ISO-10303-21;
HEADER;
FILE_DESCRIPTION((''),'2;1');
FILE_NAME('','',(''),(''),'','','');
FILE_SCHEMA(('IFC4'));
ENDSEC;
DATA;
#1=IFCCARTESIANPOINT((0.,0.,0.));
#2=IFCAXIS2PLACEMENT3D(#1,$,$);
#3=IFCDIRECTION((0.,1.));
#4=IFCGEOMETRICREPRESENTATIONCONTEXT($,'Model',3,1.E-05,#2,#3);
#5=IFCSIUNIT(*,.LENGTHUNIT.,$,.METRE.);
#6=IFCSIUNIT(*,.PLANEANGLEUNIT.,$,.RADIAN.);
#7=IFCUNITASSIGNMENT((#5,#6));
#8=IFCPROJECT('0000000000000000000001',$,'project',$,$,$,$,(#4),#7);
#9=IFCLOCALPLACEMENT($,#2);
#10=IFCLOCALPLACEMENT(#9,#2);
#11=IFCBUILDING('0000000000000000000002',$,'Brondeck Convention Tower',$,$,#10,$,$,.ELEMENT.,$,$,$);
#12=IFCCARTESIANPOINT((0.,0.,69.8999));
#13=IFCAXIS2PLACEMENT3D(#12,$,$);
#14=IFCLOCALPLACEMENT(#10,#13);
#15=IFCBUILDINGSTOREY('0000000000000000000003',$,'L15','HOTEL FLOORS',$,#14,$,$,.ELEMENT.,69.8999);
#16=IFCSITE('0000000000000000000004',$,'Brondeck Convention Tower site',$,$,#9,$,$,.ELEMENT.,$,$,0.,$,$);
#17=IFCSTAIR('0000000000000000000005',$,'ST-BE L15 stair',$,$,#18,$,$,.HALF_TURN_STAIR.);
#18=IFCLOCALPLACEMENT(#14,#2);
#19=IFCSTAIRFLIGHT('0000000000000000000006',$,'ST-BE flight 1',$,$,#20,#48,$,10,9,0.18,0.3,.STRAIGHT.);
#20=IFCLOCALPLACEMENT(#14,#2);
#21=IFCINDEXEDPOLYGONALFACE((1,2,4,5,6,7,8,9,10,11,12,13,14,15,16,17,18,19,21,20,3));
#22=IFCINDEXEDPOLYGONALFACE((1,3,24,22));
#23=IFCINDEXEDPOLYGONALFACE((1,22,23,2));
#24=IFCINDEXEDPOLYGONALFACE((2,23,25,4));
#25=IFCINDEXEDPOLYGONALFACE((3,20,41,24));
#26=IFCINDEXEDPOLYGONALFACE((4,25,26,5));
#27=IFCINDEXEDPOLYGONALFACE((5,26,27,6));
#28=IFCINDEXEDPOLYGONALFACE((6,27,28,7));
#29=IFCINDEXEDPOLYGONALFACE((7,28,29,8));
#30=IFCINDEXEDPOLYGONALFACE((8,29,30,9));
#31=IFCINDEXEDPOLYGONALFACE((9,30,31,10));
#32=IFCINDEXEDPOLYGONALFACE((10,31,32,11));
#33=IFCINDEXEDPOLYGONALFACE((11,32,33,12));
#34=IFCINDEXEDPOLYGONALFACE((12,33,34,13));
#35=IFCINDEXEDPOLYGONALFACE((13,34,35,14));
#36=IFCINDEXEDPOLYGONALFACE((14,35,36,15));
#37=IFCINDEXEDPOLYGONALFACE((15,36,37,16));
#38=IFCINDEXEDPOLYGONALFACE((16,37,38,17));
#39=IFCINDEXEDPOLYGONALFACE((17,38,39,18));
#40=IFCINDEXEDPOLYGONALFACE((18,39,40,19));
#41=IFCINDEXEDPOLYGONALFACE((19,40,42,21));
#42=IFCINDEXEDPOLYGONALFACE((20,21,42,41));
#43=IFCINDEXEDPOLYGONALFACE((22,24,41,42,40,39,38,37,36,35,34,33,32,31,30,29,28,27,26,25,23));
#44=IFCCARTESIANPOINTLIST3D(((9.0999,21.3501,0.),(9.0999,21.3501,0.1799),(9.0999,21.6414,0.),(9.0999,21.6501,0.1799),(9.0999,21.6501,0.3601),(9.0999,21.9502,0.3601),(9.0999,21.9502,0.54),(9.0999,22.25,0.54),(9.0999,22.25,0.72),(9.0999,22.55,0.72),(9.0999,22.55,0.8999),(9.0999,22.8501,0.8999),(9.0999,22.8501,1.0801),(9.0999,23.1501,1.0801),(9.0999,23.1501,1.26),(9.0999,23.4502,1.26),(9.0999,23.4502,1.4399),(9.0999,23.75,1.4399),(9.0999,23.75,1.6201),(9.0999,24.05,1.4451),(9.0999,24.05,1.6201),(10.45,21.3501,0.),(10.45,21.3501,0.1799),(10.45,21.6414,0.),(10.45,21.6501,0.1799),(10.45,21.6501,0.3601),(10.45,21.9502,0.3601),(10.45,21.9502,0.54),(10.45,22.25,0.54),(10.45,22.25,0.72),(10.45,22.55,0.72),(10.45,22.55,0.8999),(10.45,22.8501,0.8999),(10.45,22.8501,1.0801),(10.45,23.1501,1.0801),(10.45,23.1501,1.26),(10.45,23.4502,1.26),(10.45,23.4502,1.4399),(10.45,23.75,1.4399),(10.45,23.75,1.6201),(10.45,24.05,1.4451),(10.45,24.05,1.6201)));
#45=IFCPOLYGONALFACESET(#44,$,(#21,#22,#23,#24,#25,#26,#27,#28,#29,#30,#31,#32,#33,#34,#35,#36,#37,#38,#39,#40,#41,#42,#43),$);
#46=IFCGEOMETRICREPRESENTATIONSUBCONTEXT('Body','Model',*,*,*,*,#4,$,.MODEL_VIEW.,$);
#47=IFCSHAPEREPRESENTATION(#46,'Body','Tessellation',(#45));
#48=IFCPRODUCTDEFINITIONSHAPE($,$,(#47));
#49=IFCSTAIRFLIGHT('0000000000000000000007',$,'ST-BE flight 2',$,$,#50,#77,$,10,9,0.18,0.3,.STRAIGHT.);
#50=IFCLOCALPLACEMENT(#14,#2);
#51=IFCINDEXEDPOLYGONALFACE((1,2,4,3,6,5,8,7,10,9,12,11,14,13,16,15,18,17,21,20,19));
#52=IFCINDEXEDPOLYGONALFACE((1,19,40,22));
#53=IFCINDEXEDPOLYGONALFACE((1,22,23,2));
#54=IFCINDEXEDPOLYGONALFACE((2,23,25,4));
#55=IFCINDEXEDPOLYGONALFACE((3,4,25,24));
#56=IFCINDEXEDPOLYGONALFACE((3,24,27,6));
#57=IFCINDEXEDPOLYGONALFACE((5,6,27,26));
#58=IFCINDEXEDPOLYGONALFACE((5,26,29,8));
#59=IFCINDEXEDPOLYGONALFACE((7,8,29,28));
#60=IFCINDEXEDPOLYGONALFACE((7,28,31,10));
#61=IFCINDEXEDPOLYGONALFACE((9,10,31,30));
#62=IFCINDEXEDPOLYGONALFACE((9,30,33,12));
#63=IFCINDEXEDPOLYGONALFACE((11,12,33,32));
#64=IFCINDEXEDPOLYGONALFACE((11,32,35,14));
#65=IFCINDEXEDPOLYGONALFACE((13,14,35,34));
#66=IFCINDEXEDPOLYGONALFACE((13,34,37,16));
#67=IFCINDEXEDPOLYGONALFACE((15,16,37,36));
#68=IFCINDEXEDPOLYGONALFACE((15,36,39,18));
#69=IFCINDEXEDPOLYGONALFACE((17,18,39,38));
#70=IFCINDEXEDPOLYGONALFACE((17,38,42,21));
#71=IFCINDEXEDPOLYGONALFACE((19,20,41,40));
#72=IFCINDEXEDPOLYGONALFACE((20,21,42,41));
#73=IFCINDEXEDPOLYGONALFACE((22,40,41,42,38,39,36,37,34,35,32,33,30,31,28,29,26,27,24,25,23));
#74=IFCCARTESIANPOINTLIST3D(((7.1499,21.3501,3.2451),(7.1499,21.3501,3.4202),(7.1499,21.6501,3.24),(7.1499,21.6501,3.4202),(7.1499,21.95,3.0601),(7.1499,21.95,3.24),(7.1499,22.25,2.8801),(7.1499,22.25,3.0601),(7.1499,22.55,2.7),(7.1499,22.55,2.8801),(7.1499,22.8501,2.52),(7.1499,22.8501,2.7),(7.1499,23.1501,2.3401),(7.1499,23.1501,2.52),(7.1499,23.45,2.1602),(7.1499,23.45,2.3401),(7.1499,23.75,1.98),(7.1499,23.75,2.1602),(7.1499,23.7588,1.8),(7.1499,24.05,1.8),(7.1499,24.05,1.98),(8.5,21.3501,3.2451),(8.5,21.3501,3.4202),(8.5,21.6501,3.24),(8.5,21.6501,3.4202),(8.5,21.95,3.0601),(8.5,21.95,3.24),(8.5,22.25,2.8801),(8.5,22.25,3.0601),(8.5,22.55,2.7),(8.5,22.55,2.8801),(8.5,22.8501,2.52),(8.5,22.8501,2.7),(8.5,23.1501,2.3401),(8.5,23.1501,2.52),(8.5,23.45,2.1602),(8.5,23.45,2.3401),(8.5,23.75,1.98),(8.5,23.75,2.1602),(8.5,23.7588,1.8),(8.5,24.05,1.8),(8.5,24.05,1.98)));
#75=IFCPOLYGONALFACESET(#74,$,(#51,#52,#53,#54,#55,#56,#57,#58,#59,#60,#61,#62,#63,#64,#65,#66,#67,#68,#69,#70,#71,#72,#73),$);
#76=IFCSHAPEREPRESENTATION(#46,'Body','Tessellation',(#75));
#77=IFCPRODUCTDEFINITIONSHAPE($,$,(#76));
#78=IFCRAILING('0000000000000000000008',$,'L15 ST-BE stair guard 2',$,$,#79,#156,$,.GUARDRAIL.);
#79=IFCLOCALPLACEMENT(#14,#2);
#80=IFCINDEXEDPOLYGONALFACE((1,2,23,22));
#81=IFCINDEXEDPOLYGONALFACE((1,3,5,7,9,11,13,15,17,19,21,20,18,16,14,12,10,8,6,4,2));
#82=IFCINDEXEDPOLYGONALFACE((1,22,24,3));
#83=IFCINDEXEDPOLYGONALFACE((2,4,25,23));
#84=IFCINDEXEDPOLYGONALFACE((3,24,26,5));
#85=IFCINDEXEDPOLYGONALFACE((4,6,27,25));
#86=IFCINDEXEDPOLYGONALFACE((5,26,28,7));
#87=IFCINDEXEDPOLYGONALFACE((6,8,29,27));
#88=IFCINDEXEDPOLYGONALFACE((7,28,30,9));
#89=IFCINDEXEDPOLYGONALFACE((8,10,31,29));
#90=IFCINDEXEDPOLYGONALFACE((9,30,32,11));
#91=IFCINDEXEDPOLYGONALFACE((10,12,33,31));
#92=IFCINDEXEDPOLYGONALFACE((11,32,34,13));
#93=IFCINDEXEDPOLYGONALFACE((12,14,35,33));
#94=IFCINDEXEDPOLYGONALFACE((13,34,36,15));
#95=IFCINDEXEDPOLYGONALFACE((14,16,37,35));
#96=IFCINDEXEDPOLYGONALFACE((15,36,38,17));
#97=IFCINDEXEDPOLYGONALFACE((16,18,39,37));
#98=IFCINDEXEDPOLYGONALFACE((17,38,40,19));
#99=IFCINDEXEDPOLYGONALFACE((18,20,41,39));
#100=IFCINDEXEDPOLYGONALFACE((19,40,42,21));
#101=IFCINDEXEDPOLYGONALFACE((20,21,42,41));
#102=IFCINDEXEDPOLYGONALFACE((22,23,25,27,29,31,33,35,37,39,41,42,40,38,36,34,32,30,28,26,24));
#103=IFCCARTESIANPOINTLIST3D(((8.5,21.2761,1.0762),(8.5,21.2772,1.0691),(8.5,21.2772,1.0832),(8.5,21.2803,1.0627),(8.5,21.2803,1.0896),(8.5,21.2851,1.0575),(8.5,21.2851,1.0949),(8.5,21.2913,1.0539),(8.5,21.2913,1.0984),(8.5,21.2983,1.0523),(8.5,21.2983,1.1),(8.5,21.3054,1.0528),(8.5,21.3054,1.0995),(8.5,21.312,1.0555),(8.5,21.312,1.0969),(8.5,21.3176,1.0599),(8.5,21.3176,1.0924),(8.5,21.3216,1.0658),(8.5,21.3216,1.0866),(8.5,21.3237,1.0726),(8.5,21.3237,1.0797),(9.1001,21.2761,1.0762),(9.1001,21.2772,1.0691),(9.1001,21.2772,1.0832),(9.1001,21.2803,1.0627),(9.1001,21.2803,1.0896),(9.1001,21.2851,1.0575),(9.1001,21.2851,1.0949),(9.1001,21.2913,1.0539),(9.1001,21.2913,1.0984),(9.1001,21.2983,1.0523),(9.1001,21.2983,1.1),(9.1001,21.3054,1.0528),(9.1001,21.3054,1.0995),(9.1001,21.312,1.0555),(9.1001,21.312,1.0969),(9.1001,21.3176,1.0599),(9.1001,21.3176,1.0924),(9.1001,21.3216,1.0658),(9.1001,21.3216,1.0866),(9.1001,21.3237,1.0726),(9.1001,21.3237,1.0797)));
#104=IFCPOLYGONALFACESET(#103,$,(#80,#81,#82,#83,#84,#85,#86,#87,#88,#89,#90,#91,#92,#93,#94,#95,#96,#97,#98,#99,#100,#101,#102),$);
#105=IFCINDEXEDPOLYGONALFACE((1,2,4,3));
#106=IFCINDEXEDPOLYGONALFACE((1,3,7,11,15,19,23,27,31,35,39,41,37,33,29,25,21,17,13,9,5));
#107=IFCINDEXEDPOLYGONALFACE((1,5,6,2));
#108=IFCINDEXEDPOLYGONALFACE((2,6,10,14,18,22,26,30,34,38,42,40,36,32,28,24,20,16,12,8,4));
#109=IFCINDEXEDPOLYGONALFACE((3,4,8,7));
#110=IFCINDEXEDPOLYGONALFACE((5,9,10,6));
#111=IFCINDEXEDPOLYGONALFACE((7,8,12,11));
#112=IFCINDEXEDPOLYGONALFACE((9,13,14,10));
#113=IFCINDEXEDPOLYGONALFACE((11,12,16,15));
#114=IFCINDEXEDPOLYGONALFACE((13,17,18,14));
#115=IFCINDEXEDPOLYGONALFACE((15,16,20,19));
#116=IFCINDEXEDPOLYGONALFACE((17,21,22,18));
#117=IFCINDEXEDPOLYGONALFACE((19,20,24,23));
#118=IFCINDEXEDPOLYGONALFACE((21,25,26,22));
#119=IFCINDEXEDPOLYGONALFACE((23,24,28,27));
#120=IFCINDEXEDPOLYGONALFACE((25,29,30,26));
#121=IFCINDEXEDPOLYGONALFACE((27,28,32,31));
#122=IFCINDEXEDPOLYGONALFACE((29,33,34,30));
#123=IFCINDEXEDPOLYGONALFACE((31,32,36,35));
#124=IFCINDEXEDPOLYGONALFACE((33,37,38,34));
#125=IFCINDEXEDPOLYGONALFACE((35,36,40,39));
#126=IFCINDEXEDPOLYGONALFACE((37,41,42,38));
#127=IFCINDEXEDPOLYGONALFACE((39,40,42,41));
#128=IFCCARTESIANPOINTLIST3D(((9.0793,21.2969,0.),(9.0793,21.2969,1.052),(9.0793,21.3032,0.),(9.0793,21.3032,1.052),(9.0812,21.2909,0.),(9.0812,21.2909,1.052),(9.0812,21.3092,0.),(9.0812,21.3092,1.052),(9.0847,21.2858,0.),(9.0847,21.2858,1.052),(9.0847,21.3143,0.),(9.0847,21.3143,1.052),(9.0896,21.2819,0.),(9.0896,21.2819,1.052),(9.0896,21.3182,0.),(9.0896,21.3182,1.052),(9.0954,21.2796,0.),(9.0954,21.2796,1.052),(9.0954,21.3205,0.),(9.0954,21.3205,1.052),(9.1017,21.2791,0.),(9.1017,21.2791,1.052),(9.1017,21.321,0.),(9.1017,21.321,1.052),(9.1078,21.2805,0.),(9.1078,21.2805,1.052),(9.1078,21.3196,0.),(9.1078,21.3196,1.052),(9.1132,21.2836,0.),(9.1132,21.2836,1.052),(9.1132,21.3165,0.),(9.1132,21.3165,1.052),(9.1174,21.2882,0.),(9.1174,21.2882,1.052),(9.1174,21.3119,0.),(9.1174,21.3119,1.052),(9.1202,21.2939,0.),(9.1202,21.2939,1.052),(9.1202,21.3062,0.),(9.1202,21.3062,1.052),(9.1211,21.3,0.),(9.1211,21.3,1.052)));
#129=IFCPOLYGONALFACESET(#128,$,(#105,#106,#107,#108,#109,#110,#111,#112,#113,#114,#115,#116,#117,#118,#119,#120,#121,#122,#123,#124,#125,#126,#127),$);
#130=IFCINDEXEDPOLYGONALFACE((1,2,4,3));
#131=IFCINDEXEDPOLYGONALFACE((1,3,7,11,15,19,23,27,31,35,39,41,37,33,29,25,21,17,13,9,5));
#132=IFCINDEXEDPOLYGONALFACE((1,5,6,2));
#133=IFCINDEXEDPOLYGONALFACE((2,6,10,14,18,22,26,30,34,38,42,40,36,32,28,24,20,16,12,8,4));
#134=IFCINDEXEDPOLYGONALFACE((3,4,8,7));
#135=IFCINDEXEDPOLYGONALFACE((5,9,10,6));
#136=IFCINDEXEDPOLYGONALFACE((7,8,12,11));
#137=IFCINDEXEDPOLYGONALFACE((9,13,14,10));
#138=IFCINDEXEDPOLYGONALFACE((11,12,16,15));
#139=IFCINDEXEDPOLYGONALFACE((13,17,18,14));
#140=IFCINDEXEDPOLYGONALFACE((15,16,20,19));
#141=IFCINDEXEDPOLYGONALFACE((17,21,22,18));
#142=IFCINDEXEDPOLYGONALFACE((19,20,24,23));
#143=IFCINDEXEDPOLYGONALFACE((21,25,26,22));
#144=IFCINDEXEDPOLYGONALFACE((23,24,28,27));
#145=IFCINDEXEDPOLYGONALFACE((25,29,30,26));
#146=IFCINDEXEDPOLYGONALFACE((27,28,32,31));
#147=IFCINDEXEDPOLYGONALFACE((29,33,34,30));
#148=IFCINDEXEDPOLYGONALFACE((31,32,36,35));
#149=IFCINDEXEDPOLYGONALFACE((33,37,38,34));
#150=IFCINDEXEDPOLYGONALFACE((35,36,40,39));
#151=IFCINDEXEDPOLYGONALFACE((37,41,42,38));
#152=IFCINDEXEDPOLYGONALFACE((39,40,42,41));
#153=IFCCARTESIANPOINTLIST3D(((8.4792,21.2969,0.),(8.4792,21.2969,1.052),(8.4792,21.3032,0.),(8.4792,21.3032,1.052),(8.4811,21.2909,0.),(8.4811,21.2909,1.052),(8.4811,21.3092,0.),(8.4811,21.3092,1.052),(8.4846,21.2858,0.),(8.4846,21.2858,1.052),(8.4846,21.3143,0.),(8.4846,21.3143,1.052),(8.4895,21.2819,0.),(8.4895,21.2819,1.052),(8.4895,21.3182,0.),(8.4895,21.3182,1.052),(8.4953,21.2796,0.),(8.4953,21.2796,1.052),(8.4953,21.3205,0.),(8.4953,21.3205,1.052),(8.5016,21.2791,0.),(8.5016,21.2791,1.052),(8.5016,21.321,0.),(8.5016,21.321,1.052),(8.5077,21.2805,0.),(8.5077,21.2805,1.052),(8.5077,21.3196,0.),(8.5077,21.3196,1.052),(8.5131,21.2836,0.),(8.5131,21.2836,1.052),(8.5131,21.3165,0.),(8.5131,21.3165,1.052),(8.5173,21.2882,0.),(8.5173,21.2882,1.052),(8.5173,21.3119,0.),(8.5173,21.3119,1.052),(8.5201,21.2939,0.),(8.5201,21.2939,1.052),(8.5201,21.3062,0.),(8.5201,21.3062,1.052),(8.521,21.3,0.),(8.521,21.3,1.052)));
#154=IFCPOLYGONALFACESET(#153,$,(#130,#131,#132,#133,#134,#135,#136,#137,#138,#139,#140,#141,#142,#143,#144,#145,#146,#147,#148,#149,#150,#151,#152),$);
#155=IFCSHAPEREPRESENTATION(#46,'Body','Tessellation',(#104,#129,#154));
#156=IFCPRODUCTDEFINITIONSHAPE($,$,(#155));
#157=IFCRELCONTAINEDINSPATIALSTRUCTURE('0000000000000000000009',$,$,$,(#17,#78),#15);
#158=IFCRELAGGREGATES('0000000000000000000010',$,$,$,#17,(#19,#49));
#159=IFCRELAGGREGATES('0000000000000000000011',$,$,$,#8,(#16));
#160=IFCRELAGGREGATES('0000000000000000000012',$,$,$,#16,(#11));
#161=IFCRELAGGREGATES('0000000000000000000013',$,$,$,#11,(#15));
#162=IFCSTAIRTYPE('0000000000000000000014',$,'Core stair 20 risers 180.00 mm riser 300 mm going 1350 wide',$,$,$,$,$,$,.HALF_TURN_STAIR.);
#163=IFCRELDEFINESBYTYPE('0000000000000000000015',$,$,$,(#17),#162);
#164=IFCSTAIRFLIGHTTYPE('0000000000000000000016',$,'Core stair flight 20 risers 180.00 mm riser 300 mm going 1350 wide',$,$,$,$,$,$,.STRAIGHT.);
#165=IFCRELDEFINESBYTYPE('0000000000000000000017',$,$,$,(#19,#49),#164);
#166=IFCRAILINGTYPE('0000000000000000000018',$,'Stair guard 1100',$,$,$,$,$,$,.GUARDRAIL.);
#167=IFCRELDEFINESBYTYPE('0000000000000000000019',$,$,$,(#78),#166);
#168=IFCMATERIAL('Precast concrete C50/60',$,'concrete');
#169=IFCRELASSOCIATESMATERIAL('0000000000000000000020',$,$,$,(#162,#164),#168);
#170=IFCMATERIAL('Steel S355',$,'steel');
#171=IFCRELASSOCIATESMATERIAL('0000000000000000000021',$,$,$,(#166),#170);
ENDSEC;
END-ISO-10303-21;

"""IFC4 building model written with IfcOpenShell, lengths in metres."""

from ifc_helpers import new_model, si_unit, direction, frame, origin, origin_2d, place, context, subcontext, project, spatial, polyline, circle, outline, extrude, material, type_object, element, aggregate, save


model = new_model("IFC4")

# Units and contexts
model_context = context("Model", 3, precision=1e-05, world=origin(), true_north=direction((0.0, 1.0)))
body_context = subcontext(model_context, "Body", "Model", "MODEL_VIEW")
ifc_project = project(units=[si_unit("LENGTHUNIT", "METRE"), si_unit("PLANEANGLEUNIT", "RADIAN")], contexts=[model_context])

# Site, building, storey
site_placement = place(None, origin())
site = spatial("IfcSite", under=ifc_project, at=site_placement, Name="Brondeck Convention Tower site", CompositionType="ELEMENT", RefElevation=0.0)
building_placement = place(site_placement, origin())
building = spatial("IfcBuilding", under=site, at=building_placement, Name="Brondeck Convention Tower", CompositionType="ELEMENT")
storey_placement = place(building_placement, frame((0.0, 0.0, 69.8999)))
storey = spatial("IfcBuildingStorey", under=building, at=storey_placement, Name="L15", Description="HOTEL FLOORS", CompositionType="ELEMENT", Elevation=69.8999)

# Shared definitions
ifc_material_1 = material(Name="Steel S355", Category="steel")

# Stair, stair flights
ifc_material_2 = material(Name="Precast concrete C50/60", Category="concrete")
stair_type = type_object("IfcStairType", Name="Core stair 20 risers 180.00 mm riser 300 mm going 1350 wide", PredefinedType="HALF_TURN_STAIR", material=ifc_material_2)
stair_placement = place(storey_placement, origin())
stair = element("IfcStair", 1, at=stair_placement, inside=storey, type_object=stair_type, Name="ST-BE L15 stair", PredefinedType="HALF_TURN_STAIR")
stair_flight_type = type_object("IfcStairFlightType", Name="Core stair flight 20 risers 180.00 mm riser 300 mm going 1350 wide", PredefinedType="STRAIGHT", material=ifc_material_2)
stair_flight_1_placement = place(storey_placement, frame((9.7749, 21.3501, 0.0), z_axis=(0.0, 0.0, 1.0), x_axis=(0.0, 1.0, 0.0)))
stair_flight_1 = element("IfcStairFlight", 2, at=stair_flight_1_placement, type_object=stair_flight_type, Name="ST-BE flight 1", NumberOfRisers=10, NumberOfTreads=9, PredefinedType="STRAIGHT", RiserHeight=0.18, TreadLength=0.3, context=body_context, shape_type="SweptSolid", body=[
    extrude(outline(polyline([(0.0, 0.0), (0.0, 0.1799), (0.3, 0.1799), (0.3, 0.3601), (0.6001, 0.3601), (0.6001, 0.54), (0.8999, 0.54), (0.8999, 0.72), (1.2, 0.72), (1.2, 0.8999), (1.5, 0.8999), (1.5, 1.0801), (1.8, 1.0801), (1.8, 1.26), (2.1001, 1.26), (2.1001, 1.4399), (2.3999, 1.4399), (2.3999, 1.6201), (2.7, 1.6201), (2.7, 1.8), (2.7, 1.4451), (0.2913, 0.0), (0.0, 0.0)])), frame((0.0, 0.675, 0.0), z_axis=(0.0, -1.0, 0.0), x_axis=(1.0, 0.0, 0.0)), (0.0, 0.0, 1.0), 1.3501),
])
stair_flight_2_placement = place(storey_placement, frame((7.825, 24.05, 1.8), z_axis=(0.0, 0.0, 1.0), x_axis=(0.0, -1.0, 0.0)))
stair_flight_2 = element("IfcStairFlight", 3, at=stair_flight_2_placement, type_object=stair_flight_type, Name="ST-BE flight 2", NumberOfRisers=10, NumberOfTreads=9, PredefinedType="STRAIGHT", RiserHeight=0.18, TreadLength=0.3, context=body_context, shape_type="SweptSolid", body=[
    extrude(outline(polyline([(0.0, 0.0), (0.0, 0.1799), (0.3, 0.1799), (0.3, 0.3601), (0.6001, 0.3601), (0.6001, 0.54), (0.8999, 0.54), (0.8999, 0.72), (1.2, 0.72), (1.2, 0.8999), (1.5, 0.8999), (1.5, 1.0801), (1.8, 1.0801), (1.8, 1.26), (2.1001, 1.26), (2.1001, 1.4399), (2.3999, 1.4399), (2.3999, 1.6201), (2.7, 1.6201), (2.7, 1.8), (2.7, 1.4451), (0.2913, 0.0), (0.0, 0.0)])), frame((0.0, 0.675, 0.0), z_axis=(0.0, -1.0, 0.0), x_axis=(1.0, 0.0, 0.0)), (0.0, 0.0, 1.0), 1.3501),
])
aggregate(stair, [stair_flight_1, stair_flight_2])

# Railing
railing_type_1 = type_object("IfcRailingType", Name="Stair guard 1100", PredefinedType="GUARDRAIL", material=ifc_material_1)
railing_1_placement = place(storey_placement, frame((9.1001, 21.3, 0.0)))
element("IfcRailing", 4, at=railing_1_placement, inside=storey, type_object=railing_type_1, Name="L15 ST-BE stair guard 2", PredefinedType="GUARDRAIL", context=body_context, shape_type="SweptSolid", body=[
    extrude(circle(Radius=0.0239, at=origin_2d()), frame((0.0, 0.0, 1.0762), z_axis=(-1.0, 0.0, 0.0), x_axis=(0.0, -1.0, 0.0)), (0.0, 0.0, 1.0), 0.6001),
    extrude(circle(Radius=0.021, at=origin_2d()), origin(), (0.0, 0.0, 1.0), 1.052),
    extrude(circle(Radius=0.021, at=origin_2d()), frame((-0.6001, 0.0, 0.0)), (0.0, 0.0, 1.0), 1.052),
])

save(model, "model.ifc")
